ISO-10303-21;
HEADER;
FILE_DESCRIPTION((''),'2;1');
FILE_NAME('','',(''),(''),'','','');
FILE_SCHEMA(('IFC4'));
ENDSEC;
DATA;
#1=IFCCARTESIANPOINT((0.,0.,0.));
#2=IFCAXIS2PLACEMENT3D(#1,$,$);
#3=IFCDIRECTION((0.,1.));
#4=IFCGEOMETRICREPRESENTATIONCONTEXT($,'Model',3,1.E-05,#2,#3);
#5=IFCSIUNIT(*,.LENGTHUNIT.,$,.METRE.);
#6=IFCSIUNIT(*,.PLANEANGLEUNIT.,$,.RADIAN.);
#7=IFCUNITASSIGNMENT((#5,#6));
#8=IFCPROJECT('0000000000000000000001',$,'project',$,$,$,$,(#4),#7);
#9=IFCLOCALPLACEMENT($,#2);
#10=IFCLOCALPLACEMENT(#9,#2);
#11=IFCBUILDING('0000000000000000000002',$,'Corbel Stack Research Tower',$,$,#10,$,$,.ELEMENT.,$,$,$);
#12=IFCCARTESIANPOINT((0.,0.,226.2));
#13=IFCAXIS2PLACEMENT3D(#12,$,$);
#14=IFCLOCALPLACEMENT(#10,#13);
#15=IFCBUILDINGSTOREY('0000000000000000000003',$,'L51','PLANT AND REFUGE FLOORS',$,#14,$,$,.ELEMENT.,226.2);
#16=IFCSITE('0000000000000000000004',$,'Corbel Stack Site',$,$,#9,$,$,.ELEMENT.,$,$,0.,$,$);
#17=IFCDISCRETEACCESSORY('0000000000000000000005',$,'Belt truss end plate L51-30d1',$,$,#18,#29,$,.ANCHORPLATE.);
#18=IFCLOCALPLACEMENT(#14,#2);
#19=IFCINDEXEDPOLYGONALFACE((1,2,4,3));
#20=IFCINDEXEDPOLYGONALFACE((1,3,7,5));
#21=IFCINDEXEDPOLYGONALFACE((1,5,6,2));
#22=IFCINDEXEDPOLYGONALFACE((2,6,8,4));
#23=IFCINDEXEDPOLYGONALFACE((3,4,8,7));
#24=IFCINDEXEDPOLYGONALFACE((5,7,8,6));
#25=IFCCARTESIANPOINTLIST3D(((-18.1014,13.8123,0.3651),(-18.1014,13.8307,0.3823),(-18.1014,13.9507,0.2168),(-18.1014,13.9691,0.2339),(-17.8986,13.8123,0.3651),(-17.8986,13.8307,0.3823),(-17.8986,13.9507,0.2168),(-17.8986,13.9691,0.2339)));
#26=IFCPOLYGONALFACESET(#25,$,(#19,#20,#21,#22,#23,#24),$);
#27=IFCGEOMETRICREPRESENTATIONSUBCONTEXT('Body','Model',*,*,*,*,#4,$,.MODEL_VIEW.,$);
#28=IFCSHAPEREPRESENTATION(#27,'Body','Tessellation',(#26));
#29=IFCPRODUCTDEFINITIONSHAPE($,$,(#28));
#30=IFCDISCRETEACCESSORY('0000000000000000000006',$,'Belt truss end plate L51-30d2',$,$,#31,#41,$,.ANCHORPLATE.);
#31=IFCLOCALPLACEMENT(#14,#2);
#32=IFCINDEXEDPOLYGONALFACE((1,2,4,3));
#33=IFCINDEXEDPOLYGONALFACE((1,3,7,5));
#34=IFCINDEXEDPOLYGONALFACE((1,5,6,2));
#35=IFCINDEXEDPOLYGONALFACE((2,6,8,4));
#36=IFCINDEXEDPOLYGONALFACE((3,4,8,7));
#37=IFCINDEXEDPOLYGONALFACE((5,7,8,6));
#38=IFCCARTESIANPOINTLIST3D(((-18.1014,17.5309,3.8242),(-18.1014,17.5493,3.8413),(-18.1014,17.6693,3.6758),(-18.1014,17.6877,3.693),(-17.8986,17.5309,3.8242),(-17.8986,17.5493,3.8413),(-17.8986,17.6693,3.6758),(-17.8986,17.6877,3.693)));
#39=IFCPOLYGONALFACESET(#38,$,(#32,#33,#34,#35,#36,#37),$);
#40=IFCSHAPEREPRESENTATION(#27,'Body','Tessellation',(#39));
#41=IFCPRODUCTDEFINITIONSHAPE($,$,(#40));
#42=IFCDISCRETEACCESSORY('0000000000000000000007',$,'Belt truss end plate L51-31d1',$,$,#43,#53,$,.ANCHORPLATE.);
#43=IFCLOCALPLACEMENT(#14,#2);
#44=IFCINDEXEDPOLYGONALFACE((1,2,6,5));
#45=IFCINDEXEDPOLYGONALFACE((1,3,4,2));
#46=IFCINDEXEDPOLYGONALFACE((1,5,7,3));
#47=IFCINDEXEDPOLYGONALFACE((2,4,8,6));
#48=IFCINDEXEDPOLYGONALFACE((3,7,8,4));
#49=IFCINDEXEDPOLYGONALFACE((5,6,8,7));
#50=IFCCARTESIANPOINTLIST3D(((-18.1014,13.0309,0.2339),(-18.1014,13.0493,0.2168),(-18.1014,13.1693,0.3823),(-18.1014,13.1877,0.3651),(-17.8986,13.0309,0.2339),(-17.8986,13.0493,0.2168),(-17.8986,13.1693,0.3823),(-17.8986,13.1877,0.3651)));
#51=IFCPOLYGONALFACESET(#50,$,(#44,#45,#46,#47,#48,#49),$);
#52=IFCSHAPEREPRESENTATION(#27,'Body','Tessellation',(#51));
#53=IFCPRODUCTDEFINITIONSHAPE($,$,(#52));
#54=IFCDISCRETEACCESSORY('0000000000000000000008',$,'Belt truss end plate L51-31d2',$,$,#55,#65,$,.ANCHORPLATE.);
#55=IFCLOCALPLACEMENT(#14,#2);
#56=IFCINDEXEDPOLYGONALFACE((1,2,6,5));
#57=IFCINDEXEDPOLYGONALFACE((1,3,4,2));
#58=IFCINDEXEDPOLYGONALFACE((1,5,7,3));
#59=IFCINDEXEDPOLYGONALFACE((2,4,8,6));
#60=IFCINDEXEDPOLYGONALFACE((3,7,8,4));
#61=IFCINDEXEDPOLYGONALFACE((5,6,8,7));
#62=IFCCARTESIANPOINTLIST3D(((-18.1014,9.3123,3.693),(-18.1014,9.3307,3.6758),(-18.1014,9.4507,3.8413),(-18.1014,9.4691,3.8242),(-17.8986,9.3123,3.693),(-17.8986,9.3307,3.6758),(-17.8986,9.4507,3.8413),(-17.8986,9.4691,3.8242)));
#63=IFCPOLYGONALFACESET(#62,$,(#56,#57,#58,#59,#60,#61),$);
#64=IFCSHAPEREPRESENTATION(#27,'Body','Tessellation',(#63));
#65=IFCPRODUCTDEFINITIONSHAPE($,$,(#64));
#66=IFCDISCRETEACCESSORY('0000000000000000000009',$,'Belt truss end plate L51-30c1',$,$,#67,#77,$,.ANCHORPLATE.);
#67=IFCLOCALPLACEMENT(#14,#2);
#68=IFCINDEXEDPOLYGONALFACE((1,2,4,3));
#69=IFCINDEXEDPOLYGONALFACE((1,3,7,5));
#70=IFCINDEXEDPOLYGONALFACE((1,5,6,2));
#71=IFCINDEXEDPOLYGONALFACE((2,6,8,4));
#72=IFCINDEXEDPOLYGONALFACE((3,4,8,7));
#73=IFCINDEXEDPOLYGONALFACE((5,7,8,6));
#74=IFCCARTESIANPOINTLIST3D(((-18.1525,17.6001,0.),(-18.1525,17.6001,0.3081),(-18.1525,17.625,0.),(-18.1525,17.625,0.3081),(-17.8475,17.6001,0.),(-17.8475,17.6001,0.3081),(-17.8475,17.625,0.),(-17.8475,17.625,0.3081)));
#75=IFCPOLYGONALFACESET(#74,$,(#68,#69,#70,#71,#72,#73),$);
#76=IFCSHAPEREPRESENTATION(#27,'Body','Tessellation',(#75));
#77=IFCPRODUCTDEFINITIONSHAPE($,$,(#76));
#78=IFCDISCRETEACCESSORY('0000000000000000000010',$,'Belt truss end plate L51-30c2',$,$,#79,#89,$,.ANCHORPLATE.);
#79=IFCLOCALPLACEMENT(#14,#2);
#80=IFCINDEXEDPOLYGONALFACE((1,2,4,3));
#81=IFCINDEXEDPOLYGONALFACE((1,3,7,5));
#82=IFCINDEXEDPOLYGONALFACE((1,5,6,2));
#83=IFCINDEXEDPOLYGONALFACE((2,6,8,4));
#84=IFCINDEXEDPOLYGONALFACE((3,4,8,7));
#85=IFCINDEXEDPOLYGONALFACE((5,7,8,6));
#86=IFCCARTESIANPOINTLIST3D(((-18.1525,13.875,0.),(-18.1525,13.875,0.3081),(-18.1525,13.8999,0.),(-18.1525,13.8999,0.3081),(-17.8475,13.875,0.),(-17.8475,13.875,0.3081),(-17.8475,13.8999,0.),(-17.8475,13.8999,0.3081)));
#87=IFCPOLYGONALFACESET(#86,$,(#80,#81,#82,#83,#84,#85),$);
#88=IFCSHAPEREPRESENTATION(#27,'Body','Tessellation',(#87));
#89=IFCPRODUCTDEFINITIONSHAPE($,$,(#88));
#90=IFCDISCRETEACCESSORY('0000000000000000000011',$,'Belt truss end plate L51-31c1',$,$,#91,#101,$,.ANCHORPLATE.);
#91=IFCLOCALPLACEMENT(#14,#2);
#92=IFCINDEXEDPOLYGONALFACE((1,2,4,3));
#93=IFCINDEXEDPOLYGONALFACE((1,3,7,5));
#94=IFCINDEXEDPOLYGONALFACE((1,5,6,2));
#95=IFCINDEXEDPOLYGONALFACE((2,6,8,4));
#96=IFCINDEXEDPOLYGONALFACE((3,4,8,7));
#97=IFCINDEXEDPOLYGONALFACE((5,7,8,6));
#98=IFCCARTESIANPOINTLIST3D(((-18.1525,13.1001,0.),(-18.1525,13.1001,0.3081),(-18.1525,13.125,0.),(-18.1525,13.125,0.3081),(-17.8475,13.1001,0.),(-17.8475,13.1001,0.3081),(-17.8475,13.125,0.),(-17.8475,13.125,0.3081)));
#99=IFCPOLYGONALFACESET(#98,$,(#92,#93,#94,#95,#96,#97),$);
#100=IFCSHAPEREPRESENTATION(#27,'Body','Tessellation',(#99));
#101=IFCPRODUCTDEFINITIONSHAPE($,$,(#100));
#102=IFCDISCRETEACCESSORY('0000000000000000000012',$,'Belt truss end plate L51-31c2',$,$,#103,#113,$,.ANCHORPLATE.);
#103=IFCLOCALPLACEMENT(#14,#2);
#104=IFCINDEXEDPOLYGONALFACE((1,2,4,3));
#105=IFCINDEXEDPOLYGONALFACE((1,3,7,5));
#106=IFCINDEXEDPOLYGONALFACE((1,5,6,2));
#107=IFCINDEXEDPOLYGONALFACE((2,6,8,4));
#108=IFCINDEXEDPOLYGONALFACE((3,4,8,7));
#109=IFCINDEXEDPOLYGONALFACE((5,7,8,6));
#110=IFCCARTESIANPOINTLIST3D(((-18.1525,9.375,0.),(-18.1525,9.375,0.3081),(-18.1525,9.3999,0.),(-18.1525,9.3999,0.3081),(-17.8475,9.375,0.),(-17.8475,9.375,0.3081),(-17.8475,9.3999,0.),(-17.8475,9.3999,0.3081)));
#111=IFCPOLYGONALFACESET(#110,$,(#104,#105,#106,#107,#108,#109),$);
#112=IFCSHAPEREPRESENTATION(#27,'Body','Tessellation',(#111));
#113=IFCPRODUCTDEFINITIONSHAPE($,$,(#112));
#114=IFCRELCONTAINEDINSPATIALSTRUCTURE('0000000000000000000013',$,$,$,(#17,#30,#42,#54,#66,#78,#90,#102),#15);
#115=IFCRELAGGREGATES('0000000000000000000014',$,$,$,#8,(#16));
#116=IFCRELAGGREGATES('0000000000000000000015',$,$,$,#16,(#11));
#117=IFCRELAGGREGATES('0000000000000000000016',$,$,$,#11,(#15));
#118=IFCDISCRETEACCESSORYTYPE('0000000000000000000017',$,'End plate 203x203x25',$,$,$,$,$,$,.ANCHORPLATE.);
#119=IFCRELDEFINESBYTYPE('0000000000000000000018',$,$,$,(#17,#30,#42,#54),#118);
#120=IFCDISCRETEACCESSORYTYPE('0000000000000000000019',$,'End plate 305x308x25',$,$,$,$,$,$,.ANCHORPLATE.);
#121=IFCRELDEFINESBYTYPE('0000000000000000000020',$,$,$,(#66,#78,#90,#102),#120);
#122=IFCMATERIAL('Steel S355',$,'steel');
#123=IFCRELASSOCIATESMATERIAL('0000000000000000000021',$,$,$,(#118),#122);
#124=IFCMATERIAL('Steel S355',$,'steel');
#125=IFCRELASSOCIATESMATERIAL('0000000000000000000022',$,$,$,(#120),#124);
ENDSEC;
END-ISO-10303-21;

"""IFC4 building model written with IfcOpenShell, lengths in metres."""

from ifc_helpers import new_model, si_unit, direction, frame, origin, origin_2d, place, context, subcontext, project, spatial, rectangle, extrude, material, material_profile, profile_set, type_object, element, save


model = new_model("IFC4")

# Units and contexts
model_context = context("Model", 3, precision=1e-05, world=origin(), true_north=direction((0.0, 1.0)))
body_context = subcontext(model_context, "Body", "Model", "MODEL_VIEW")
ifc_project = project(units=[si_unit("LENGTHUNIT", "METRE"), si_unit("PLANEANGLEUNIT", "RADIAN")], contexts=[model_context])

# Site, building, storey
site_placement = place(None, origin())
site = spatial("IfcSite", under=ifc_project, at=site_placement, Name="Corbel Stack Site", CompositionType="ELEMENT", RefElevation=0.0)
building_placement = place(site_placement, origin())
building = spatial("IfcBuilding", under=site, at=building_placement, Name="Corbel Stack Research Tower", CompositionType="ELEMENT")
storey_placement = place(building_placement, frame((0.0, 0.0, 226.2)))
storey = spatial("IfcBuildingStorey", under=building, at=storey_placement, Name="L51", Description="PLANT AND REFUGE FLOORS", CompositionType="ELEMENT", Elevation=226.2)

# Discrete accessories
ifc_material_1 = material(Name="Steel S355", Category="steel")
ifc_material_profile_1 = material_profile(ifc_material_1, rectangle(XDim=0.2029, YDim=0.2029, at=origin_2d()), Name="End plate 203x203x25")
ifc_profile_set_1 = profile_set([ifc_material_profile_1], Name="Steel S355")
discrete_accessory_type_1 = type_object("IfcDiscreteAccessoryType", Name="End plate 203x203x25", PredefinedType="ANCHORPLATE", material=ifc_profile_set_1)
for number, where, z_axis, x_axis, name in (
    (1, (-18.0, 13.8999, 0.3081), (0.0, -0.731055, -0.682318), (1.0, 0.0, 0.0), "Belt truss end plate L51-30d1"),
    (2, (-18.0, 17.6001, 3.75), (0.0, 0.731055, 0.682318), (-1.0, 0.0, 0.0), "Belt truss end plate L51-30d2"),
    (3, (-18.0, 13.1001, 0.3081), (0.0, 0.731055, -0.682318), (-1.0, 0.0, 0.0), "Belt truss end plate L51-31d1"),
    (4, (-18.0, 9.3999, 3.75), (0.0, -0.731055, 0.682318), (1.0, 0.0, 0.0), "Belt truss end plate L51-31d2"),
):
    element("IfcDiscreteAccessory", number, at=place(storey_placement, frame(where, z_axis=z_axis, x_axis=x_axis)), inside=storey, type_object=discrete_accessory_type_1, Name=name, PredefinedType="ANCHORPLATE", context=body_context, shape_type="SweptSolid", body=[
        extrude(rectangle(XDim=0.2029, YDim=0.2029, at=origin_2d()), origin(), (0.0, 0.0, 1.0), 0.0251),
    ])
ifc_material_2 = material(Name="Steel S355", Category="steel")
ifc_material_profile_2 = material_profile(ifc_material_2, rectangle(XDim=0.3049, YDim=0.3081, at=origin_2d()), Name="End plate 305x308x25")
ifc_profile_set_2 = profile_set([ifc_material_profile_2], Name="Steel S355")
discrete_accessory_type_2 = type_object("IfcDiscreteAccessoryType", Name="End plate 305x308x25", PredefinedType="ANCHORPLATE", material=ifc_profile_set_2)
for number, where, z_axis, x_axis, name in (
    (5, (-18.0, 17.6001, 0.1541), (0.0, 1.0, 0.0), (-1.0, 0.0, 0.0), "Belt truss end plate L51-30c1"),
    (6, (-18.0, 13.8999, 0.1541), (0.0, -1.0, 0.0), (1.0, 0.0, 0.0), "Belt truss end plate L51-30c2"),
    (7, (-18.0, 13.1001, 0.1541), (0.0, 1.0, 0.0), (-1.0, 0.0, 0.0), "Belt truss end plate L51-31c1"),
    (8, (-18.0, 9.3999, 0.1541), (0.0, -1.0, 0.0), (1.0, 0.0, 0.0), "Belt truss end plate L51-31c2"),
):
    element("IfcDiscreteAccessory", number, at=place(storey_placement, frame(where, z_axis=z_axis, x_axis=x_axis)), inside=storey, type_object=discrete_accessory_type_2, Name=name, PredefinedType="ANCHORPLATE", context=body_context, shape_type="SweptSolid", body=[
        extrude(rectangle(XDim=0.3049, YDim=0.3081, at=origin_2d()), origin(), (0.0, 0.0, 1.0), 0.0249),
    ])

save(model, "model.ifc")
